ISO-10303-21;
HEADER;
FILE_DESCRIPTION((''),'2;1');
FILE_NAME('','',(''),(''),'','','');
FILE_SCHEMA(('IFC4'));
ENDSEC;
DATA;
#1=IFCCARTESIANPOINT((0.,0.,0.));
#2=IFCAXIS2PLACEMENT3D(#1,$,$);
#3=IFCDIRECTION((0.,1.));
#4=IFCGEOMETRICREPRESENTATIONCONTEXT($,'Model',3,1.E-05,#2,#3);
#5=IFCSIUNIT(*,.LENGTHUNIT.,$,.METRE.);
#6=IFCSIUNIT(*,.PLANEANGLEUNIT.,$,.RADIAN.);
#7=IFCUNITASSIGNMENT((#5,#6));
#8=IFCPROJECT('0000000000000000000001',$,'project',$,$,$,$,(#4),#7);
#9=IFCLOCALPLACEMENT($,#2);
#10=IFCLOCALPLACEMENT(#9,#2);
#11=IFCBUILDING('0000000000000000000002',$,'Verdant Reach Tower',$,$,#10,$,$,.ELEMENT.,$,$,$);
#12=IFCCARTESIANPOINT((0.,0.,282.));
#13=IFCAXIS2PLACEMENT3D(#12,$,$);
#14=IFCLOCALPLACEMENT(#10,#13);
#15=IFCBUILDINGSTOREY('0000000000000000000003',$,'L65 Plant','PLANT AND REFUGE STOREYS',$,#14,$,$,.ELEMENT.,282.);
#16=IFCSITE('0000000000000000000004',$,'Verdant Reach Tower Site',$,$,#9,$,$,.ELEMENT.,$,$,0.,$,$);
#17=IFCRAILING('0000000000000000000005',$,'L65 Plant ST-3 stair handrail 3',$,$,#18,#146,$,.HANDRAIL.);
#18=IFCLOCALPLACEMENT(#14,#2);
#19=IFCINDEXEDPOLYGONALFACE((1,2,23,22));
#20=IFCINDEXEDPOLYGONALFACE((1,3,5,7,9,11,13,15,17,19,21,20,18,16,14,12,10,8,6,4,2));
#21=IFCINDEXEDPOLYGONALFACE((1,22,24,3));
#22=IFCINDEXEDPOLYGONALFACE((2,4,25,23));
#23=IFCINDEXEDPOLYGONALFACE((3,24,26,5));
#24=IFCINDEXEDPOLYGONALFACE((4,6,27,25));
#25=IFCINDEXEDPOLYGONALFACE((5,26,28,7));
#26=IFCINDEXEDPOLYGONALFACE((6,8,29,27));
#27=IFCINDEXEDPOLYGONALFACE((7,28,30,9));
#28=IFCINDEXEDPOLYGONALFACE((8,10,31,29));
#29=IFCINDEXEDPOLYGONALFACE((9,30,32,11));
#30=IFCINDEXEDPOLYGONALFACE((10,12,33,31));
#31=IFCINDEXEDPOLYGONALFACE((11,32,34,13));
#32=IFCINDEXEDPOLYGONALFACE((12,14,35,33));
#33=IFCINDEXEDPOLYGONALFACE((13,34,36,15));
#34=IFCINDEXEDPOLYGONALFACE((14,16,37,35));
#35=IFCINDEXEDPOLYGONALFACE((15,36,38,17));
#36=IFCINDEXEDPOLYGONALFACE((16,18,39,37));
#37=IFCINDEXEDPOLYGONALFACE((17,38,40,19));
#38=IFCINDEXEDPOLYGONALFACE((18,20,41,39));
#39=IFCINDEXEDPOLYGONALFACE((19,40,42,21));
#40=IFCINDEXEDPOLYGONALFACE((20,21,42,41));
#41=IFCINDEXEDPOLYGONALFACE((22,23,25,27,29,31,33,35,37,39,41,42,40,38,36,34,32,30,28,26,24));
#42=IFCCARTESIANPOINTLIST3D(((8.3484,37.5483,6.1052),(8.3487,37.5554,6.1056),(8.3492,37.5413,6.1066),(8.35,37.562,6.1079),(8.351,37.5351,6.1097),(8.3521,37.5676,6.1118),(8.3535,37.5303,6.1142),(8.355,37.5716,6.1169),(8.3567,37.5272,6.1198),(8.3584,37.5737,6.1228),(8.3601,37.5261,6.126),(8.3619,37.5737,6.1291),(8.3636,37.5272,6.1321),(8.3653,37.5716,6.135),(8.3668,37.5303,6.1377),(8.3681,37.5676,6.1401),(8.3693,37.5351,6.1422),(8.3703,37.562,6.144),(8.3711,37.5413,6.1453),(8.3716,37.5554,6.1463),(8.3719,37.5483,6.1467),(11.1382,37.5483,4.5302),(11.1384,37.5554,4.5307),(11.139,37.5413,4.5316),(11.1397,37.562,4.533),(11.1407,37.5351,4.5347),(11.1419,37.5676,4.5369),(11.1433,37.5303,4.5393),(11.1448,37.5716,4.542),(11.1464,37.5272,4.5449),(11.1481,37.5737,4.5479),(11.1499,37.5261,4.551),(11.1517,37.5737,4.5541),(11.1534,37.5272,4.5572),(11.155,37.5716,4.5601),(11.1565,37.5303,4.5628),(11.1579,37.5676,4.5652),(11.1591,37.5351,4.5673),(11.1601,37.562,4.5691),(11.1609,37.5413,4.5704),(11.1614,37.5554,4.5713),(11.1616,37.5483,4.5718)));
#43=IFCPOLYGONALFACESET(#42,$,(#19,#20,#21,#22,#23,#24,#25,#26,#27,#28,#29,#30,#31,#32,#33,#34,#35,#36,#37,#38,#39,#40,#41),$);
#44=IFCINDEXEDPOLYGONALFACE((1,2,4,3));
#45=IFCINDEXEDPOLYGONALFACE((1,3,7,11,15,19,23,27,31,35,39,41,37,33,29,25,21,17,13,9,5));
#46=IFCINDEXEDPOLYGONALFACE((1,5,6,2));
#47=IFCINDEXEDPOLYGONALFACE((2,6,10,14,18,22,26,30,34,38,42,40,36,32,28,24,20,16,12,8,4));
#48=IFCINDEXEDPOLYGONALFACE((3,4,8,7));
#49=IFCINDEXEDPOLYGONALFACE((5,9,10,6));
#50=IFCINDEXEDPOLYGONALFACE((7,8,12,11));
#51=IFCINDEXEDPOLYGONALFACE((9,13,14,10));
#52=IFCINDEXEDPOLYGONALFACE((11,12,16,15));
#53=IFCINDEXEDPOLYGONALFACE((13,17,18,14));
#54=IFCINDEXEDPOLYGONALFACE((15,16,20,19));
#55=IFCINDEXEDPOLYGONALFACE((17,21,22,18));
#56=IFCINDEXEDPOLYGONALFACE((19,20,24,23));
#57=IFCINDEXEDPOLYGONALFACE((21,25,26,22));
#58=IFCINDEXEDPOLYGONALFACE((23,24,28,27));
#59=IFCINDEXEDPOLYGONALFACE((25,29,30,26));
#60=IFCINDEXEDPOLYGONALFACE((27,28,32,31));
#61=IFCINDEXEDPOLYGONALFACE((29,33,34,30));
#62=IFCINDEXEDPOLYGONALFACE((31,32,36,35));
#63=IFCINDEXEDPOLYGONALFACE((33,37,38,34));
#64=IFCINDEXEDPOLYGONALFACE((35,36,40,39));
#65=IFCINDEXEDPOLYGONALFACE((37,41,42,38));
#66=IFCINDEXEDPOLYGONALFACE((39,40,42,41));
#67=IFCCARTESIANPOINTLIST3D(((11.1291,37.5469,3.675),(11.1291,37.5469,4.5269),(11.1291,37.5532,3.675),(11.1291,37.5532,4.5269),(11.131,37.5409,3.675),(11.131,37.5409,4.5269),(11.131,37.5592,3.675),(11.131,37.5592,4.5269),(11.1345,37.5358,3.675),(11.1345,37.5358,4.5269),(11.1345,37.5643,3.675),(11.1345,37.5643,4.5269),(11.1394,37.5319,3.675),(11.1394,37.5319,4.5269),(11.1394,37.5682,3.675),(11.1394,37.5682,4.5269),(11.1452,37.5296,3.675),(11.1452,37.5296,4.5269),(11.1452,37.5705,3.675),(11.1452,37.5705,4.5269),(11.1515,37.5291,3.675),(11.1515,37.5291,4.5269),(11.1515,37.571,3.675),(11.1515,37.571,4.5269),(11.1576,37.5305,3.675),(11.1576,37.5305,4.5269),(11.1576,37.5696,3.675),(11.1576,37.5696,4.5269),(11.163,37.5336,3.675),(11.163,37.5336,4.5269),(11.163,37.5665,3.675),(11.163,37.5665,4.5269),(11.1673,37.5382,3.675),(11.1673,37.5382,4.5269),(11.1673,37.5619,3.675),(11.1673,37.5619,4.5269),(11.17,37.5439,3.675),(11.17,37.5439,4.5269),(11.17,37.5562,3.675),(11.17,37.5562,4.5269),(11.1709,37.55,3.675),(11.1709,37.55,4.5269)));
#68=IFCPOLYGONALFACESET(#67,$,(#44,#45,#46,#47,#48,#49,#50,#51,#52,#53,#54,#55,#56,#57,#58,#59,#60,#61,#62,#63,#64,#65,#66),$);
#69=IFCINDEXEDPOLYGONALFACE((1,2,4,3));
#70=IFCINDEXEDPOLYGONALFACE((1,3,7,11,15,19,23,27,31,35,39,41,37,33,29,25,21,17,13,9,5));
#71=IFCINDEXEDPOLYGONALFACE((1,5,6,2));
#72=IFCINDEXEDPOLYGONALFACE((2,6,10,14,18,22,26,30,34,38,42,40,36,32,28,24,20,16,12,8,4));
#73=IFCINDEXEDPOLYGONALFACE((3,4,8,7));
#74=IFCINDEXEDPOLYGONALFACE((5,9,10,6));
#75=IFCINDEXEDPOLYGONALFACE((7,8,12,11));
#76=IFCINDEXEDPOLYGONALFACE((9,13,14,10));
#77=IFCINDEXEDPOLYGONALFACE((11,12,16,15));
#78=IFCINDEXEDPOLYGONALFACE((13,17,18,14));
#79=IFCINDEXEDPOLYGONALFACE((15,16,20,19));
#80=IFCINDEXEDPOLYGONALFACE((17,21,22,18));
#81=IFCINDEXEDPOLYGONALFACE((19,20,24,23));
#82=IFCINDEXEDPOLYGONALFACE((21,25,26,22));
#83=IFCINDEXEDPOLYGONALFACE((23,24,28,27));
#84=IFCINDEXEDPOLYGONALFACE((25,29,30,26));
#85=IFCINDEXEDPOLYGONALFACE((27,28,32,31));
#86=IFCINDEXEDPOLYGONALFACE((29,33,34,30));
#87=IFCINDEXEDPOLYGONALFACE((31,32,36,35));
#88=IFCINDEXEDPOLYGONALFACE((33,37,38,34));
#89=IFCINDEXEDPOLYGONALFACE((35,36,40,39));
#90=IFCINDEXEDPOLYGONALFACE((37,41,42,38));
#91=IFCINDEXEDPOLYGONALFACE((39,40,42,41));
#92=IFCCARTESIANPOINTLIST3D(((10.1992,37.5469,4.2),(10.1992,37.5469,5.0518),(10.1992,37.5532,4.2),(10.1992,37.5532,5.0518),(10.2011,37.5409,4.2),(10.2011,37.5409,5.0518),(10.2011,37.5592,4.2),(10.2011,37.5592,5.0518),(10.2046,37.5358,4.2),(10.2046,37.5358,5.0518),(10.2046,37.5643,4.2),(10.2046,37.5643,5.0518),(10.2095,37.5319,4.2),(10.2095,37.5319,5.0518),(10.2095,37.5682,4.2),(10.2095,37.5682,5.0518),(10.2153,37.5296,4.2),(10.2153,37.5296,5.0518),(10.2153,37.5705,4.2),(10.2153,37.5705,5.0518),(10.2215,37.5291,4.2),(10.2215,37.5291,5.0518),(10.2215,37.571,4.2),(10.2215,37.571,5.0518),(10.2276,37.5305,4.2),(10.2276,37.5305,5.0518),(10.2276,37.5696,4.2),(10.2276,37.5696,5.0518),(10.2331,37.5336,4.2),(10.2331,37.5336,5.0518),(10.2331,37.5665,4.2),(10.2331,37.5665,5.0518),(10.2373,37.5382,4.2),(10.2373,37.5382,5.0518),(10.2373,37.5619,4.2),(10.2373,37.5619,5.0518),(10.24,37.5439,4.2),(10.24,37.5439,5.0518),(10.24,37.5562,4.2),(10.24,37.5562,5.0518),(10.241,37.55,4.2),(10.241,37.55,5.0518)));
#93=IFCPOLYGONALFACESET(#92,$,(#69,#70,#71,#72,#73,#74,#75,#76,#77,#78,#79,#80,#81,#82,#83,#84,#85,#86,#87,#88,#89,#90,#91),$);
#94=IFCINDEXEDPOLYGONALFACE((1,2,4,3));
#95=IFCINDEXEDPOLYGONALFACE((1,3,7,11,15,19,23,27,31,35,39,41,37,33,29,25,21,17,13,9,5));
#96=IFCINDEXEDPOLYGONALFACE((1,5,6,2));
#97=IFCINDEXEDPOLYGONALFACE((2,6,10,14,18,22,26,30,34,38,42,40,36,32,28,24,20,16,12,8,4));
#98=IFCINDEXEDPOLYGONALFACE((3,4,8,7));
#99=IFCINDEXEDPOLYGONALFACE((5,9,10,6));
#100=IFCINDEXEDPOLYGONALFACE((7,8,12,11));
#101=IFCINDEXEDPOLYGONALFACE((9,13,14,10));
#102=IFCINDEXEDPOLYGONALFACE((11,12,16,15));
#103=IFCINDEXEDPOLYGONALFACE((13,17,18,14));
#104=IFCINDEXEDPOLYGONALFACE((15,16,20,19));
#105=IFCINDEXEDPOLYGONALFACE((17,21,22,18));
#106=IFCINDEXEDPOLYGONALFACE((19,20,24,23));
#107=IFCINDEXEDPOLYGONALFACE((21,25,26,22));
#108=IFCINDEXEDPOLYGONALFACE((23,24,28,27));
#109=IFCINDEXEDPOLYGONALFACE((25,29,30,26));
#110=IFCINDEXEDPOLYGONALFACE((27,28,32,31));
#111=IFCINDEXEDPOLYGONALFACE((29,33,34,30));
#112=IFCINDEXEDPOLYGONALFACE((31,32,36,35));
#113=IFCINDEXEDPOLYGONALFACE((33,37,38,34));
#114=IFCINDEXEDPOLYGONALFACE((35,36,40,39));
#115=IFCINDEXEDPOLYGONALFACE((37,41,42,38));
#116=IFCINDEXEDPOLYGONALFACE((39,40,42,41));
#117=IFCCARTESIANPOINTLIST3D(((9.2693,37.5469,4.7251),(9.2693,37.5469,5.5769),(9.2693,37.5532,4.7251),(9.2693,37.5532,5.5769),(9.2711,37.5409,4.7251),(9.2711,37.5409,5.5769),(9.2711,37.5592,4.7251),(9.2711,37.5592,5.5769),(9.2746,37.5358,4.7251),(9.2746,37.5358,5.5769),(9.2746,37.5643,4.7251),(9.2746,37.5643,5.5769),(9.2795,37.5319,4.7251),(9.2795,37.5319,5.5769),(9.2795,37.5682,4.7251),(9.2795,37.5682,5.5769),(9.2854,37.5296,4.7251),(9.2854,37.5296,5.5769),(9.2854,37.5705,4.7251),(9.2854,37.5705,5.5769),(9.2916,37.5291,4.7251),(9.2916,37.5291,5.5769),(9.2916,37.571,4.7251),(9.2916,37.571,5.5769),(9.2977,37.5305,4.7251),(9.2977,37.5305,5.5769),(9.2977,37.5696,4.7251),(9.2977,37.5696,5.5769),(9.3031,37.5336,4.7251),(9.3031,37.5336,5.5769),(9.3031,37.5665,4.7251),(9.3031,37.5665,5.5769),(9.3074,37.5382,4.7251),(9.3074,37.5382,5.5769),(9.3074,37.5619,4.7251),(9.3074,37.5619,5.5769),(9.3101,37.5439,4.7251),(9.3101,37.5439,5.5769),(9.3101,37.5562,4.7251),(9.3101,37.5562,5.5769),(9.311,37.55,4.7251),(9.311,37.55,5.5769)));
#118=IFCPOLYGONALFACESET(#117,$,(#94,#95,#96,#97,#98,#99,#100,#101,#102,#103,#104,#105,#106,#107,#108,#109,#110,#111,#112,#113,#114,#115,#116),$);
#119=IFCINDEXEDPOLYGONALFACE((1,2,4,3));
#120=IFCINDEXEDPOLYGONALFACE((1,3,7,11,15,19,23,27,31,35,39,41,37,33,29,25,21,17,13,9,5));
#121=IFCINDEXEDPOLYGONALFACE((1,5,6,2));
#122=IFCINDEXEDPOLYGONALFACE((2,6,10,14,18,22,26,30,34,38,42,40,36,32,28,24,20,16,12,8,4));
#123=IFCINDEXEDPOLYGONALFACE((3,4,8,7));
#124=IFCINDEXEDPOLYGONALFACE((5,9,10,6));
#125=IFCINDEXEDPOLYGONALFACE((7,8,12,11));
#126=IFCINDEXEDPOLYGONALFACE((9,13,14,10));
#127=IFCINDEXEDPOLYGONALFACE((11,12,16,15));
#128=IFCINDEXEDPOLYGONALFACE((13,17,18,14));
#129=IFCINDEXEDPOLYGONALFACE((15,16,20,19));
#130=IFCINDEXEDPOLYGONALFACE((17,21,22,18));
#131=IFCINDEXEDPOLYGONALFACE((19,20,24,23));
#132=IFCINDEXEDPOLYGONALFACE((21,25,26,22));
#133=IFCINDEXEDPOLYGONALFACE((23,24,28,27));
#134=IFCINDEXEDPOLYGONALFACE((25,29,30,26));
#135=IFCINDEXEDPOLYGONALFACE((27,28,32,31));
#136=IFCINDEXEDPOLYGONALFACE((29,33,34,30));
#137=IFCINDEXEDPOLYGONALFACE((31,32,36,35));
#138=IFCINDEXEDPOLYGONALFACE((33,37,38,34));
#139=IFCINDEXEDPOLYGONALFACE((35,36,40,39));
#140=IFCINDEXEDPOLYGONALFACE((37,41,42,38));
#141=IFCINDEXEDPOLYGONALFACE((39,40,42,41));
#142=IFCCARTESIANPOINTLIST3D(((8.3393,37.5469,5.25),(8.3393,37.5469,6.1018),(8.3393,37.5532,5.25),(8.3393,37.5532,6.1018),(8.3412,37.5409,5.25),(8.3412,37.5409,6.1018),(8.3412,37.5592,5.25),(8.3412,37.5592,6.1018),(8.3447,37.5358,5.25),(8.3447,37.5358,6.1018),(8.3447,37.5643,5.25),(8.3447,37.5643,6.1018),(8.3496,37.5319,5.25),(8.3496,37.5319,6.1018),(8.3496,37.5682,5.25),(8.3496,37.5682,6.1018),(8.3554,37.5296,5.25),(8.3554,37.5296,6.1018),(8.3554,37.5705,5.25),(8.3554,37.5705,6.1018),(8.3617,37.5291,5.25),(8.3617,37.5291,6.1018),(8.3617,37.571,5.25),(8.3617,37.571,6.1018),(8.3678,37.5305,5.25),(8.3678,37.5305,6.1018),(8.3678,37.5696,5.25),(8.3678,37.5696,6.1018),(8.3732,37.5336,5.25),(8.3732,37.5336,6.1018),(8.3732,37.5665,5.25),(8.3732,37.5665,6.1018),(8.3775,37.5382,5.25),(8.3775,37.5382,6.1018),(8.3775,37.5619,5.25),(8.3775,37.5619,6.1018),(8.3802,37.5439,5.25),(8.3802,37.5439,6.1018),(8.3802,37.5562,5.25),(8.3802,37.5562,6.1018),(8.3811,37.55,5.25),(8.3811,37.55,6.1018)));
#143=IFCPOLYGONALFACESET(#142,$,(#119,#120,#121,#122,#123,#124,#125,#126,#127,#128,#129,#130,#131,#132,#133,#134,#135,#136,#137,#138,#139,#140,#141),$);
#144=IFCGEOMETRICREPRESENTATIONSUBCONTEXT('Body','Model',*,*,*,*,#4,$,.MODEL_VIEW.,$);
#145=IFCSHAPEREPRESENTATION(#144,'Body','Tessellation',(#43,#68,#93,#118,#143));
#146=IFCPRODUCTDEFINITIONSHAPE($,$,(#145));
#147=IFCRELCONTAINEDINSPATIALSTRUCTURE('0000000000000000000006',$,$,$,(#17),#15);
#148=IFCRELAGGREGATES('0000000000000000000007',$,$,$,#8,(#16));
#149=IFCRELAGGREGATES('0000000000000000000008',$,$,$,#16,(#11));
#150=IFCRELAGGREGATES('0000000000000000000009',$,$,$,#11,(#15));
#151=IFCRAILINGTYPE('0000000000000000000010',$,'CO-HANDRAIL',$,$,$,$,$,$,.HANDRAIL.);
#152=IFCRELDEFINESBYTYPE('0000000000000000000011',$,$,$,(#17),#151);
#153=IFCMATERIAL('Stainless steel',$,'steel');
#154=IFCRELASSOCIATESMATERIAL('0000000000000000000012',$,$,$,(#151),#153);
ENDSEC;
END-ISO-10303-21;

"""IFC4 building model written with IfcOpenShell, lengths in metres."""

from ifc_helpers import new_model, si_unit, direction, frame, origin, origin_2d, place, context, subcontext, project, spatial, circle, extrude, material, type_object, element, save


model = new_model("IFC4")

# Units and contexts
model_context = context("Model", 3, precision=1e-05, world=origin(), true_north=direction((0.0, 1.0)))
body_context = subcontext(model_context, "Body", "Model", "MODEL_VIEW")
ifc_project = project(units=[si_unit("LENGTHUNIT", "METRE"), si_unit("PLANEANGLEUNIT", "RADIAN")], contexts=[model_context])

# Site, building, storey
site_placement = place(None, origin())
site = spatial("IfcSite", under=ifc_project, at=site_placement, Name="Verdant Reach Tower Site", CompositionType="ELEMENT", RefElevation=0.0)
building_placement = place(site_placement, origin())
building = spatial("IfcBuilding", under=site, at=building_placement, Name="Verdant Reach Tower", CompositionType="ELEMENT")
storey_placement = place(building_placement, frame((0.0, 0.0, 282.0)))
storey = spatial("IfcBuildingStorey", under=building, at=storey_placement, Name="L65 Plant", Description="PLANT AND REFUGE STOREYS", CompositionType="ELEMENT", Elevation=282.0)

# Railing
ifc_material_1 = material(Name="Stainless steel", Category="steel")
railing_type = type_object("IfcRailingType", Name="CO-HANDRAIL", PredefinedType="HANDRAIL", material=ifc_material_1)
for number, where, name in (
    (1, (11.1499, 37.55, 3.675), "L65 Plant ST-3 stair handrail 3"),
):
    element("IfcRailing", number, at=place(storey_placement, frame(where)), inside=storey, type_object=railing_type, Name=name, PredefinedType="HANDRAIL", context=body_context, shape_type="SweptSolid", body=[
        extrude(circle(Radius=0.0239, at=origin_2d()), frame((0.0, 0.0, 0.876), z_axis=(-0.870815, 0.0, 0.49161), x_axis=(0.0, -1.0, 0.0)), (0.0, 0.0, 1.0), 3.2036),
        extrude(circle(Radius=0.021, at=origin_2d()), origin(), (0.0, 0.0, 1.0), 0.8518),
        extrude(circle(Radius=0.021, at=origin_2d()), frame((-0.9299, 0.0, 0.5249)), (0.0, 0.0, 1.0), 0.8518),
        extrude(circle(Radius=0.021, at=origin_2d()), frame((-1.8599, 0.0, 1.05)), (0.0, 0.0, 1.0), 0.8518),
        extrude(circle(Radius=0.021, at=origin_2d()), frame((-2.7898, 0.0, 1.575)), (0.0, 0.0, 1.0), 0.8518),
    ])

save(model, "model.ifc")
